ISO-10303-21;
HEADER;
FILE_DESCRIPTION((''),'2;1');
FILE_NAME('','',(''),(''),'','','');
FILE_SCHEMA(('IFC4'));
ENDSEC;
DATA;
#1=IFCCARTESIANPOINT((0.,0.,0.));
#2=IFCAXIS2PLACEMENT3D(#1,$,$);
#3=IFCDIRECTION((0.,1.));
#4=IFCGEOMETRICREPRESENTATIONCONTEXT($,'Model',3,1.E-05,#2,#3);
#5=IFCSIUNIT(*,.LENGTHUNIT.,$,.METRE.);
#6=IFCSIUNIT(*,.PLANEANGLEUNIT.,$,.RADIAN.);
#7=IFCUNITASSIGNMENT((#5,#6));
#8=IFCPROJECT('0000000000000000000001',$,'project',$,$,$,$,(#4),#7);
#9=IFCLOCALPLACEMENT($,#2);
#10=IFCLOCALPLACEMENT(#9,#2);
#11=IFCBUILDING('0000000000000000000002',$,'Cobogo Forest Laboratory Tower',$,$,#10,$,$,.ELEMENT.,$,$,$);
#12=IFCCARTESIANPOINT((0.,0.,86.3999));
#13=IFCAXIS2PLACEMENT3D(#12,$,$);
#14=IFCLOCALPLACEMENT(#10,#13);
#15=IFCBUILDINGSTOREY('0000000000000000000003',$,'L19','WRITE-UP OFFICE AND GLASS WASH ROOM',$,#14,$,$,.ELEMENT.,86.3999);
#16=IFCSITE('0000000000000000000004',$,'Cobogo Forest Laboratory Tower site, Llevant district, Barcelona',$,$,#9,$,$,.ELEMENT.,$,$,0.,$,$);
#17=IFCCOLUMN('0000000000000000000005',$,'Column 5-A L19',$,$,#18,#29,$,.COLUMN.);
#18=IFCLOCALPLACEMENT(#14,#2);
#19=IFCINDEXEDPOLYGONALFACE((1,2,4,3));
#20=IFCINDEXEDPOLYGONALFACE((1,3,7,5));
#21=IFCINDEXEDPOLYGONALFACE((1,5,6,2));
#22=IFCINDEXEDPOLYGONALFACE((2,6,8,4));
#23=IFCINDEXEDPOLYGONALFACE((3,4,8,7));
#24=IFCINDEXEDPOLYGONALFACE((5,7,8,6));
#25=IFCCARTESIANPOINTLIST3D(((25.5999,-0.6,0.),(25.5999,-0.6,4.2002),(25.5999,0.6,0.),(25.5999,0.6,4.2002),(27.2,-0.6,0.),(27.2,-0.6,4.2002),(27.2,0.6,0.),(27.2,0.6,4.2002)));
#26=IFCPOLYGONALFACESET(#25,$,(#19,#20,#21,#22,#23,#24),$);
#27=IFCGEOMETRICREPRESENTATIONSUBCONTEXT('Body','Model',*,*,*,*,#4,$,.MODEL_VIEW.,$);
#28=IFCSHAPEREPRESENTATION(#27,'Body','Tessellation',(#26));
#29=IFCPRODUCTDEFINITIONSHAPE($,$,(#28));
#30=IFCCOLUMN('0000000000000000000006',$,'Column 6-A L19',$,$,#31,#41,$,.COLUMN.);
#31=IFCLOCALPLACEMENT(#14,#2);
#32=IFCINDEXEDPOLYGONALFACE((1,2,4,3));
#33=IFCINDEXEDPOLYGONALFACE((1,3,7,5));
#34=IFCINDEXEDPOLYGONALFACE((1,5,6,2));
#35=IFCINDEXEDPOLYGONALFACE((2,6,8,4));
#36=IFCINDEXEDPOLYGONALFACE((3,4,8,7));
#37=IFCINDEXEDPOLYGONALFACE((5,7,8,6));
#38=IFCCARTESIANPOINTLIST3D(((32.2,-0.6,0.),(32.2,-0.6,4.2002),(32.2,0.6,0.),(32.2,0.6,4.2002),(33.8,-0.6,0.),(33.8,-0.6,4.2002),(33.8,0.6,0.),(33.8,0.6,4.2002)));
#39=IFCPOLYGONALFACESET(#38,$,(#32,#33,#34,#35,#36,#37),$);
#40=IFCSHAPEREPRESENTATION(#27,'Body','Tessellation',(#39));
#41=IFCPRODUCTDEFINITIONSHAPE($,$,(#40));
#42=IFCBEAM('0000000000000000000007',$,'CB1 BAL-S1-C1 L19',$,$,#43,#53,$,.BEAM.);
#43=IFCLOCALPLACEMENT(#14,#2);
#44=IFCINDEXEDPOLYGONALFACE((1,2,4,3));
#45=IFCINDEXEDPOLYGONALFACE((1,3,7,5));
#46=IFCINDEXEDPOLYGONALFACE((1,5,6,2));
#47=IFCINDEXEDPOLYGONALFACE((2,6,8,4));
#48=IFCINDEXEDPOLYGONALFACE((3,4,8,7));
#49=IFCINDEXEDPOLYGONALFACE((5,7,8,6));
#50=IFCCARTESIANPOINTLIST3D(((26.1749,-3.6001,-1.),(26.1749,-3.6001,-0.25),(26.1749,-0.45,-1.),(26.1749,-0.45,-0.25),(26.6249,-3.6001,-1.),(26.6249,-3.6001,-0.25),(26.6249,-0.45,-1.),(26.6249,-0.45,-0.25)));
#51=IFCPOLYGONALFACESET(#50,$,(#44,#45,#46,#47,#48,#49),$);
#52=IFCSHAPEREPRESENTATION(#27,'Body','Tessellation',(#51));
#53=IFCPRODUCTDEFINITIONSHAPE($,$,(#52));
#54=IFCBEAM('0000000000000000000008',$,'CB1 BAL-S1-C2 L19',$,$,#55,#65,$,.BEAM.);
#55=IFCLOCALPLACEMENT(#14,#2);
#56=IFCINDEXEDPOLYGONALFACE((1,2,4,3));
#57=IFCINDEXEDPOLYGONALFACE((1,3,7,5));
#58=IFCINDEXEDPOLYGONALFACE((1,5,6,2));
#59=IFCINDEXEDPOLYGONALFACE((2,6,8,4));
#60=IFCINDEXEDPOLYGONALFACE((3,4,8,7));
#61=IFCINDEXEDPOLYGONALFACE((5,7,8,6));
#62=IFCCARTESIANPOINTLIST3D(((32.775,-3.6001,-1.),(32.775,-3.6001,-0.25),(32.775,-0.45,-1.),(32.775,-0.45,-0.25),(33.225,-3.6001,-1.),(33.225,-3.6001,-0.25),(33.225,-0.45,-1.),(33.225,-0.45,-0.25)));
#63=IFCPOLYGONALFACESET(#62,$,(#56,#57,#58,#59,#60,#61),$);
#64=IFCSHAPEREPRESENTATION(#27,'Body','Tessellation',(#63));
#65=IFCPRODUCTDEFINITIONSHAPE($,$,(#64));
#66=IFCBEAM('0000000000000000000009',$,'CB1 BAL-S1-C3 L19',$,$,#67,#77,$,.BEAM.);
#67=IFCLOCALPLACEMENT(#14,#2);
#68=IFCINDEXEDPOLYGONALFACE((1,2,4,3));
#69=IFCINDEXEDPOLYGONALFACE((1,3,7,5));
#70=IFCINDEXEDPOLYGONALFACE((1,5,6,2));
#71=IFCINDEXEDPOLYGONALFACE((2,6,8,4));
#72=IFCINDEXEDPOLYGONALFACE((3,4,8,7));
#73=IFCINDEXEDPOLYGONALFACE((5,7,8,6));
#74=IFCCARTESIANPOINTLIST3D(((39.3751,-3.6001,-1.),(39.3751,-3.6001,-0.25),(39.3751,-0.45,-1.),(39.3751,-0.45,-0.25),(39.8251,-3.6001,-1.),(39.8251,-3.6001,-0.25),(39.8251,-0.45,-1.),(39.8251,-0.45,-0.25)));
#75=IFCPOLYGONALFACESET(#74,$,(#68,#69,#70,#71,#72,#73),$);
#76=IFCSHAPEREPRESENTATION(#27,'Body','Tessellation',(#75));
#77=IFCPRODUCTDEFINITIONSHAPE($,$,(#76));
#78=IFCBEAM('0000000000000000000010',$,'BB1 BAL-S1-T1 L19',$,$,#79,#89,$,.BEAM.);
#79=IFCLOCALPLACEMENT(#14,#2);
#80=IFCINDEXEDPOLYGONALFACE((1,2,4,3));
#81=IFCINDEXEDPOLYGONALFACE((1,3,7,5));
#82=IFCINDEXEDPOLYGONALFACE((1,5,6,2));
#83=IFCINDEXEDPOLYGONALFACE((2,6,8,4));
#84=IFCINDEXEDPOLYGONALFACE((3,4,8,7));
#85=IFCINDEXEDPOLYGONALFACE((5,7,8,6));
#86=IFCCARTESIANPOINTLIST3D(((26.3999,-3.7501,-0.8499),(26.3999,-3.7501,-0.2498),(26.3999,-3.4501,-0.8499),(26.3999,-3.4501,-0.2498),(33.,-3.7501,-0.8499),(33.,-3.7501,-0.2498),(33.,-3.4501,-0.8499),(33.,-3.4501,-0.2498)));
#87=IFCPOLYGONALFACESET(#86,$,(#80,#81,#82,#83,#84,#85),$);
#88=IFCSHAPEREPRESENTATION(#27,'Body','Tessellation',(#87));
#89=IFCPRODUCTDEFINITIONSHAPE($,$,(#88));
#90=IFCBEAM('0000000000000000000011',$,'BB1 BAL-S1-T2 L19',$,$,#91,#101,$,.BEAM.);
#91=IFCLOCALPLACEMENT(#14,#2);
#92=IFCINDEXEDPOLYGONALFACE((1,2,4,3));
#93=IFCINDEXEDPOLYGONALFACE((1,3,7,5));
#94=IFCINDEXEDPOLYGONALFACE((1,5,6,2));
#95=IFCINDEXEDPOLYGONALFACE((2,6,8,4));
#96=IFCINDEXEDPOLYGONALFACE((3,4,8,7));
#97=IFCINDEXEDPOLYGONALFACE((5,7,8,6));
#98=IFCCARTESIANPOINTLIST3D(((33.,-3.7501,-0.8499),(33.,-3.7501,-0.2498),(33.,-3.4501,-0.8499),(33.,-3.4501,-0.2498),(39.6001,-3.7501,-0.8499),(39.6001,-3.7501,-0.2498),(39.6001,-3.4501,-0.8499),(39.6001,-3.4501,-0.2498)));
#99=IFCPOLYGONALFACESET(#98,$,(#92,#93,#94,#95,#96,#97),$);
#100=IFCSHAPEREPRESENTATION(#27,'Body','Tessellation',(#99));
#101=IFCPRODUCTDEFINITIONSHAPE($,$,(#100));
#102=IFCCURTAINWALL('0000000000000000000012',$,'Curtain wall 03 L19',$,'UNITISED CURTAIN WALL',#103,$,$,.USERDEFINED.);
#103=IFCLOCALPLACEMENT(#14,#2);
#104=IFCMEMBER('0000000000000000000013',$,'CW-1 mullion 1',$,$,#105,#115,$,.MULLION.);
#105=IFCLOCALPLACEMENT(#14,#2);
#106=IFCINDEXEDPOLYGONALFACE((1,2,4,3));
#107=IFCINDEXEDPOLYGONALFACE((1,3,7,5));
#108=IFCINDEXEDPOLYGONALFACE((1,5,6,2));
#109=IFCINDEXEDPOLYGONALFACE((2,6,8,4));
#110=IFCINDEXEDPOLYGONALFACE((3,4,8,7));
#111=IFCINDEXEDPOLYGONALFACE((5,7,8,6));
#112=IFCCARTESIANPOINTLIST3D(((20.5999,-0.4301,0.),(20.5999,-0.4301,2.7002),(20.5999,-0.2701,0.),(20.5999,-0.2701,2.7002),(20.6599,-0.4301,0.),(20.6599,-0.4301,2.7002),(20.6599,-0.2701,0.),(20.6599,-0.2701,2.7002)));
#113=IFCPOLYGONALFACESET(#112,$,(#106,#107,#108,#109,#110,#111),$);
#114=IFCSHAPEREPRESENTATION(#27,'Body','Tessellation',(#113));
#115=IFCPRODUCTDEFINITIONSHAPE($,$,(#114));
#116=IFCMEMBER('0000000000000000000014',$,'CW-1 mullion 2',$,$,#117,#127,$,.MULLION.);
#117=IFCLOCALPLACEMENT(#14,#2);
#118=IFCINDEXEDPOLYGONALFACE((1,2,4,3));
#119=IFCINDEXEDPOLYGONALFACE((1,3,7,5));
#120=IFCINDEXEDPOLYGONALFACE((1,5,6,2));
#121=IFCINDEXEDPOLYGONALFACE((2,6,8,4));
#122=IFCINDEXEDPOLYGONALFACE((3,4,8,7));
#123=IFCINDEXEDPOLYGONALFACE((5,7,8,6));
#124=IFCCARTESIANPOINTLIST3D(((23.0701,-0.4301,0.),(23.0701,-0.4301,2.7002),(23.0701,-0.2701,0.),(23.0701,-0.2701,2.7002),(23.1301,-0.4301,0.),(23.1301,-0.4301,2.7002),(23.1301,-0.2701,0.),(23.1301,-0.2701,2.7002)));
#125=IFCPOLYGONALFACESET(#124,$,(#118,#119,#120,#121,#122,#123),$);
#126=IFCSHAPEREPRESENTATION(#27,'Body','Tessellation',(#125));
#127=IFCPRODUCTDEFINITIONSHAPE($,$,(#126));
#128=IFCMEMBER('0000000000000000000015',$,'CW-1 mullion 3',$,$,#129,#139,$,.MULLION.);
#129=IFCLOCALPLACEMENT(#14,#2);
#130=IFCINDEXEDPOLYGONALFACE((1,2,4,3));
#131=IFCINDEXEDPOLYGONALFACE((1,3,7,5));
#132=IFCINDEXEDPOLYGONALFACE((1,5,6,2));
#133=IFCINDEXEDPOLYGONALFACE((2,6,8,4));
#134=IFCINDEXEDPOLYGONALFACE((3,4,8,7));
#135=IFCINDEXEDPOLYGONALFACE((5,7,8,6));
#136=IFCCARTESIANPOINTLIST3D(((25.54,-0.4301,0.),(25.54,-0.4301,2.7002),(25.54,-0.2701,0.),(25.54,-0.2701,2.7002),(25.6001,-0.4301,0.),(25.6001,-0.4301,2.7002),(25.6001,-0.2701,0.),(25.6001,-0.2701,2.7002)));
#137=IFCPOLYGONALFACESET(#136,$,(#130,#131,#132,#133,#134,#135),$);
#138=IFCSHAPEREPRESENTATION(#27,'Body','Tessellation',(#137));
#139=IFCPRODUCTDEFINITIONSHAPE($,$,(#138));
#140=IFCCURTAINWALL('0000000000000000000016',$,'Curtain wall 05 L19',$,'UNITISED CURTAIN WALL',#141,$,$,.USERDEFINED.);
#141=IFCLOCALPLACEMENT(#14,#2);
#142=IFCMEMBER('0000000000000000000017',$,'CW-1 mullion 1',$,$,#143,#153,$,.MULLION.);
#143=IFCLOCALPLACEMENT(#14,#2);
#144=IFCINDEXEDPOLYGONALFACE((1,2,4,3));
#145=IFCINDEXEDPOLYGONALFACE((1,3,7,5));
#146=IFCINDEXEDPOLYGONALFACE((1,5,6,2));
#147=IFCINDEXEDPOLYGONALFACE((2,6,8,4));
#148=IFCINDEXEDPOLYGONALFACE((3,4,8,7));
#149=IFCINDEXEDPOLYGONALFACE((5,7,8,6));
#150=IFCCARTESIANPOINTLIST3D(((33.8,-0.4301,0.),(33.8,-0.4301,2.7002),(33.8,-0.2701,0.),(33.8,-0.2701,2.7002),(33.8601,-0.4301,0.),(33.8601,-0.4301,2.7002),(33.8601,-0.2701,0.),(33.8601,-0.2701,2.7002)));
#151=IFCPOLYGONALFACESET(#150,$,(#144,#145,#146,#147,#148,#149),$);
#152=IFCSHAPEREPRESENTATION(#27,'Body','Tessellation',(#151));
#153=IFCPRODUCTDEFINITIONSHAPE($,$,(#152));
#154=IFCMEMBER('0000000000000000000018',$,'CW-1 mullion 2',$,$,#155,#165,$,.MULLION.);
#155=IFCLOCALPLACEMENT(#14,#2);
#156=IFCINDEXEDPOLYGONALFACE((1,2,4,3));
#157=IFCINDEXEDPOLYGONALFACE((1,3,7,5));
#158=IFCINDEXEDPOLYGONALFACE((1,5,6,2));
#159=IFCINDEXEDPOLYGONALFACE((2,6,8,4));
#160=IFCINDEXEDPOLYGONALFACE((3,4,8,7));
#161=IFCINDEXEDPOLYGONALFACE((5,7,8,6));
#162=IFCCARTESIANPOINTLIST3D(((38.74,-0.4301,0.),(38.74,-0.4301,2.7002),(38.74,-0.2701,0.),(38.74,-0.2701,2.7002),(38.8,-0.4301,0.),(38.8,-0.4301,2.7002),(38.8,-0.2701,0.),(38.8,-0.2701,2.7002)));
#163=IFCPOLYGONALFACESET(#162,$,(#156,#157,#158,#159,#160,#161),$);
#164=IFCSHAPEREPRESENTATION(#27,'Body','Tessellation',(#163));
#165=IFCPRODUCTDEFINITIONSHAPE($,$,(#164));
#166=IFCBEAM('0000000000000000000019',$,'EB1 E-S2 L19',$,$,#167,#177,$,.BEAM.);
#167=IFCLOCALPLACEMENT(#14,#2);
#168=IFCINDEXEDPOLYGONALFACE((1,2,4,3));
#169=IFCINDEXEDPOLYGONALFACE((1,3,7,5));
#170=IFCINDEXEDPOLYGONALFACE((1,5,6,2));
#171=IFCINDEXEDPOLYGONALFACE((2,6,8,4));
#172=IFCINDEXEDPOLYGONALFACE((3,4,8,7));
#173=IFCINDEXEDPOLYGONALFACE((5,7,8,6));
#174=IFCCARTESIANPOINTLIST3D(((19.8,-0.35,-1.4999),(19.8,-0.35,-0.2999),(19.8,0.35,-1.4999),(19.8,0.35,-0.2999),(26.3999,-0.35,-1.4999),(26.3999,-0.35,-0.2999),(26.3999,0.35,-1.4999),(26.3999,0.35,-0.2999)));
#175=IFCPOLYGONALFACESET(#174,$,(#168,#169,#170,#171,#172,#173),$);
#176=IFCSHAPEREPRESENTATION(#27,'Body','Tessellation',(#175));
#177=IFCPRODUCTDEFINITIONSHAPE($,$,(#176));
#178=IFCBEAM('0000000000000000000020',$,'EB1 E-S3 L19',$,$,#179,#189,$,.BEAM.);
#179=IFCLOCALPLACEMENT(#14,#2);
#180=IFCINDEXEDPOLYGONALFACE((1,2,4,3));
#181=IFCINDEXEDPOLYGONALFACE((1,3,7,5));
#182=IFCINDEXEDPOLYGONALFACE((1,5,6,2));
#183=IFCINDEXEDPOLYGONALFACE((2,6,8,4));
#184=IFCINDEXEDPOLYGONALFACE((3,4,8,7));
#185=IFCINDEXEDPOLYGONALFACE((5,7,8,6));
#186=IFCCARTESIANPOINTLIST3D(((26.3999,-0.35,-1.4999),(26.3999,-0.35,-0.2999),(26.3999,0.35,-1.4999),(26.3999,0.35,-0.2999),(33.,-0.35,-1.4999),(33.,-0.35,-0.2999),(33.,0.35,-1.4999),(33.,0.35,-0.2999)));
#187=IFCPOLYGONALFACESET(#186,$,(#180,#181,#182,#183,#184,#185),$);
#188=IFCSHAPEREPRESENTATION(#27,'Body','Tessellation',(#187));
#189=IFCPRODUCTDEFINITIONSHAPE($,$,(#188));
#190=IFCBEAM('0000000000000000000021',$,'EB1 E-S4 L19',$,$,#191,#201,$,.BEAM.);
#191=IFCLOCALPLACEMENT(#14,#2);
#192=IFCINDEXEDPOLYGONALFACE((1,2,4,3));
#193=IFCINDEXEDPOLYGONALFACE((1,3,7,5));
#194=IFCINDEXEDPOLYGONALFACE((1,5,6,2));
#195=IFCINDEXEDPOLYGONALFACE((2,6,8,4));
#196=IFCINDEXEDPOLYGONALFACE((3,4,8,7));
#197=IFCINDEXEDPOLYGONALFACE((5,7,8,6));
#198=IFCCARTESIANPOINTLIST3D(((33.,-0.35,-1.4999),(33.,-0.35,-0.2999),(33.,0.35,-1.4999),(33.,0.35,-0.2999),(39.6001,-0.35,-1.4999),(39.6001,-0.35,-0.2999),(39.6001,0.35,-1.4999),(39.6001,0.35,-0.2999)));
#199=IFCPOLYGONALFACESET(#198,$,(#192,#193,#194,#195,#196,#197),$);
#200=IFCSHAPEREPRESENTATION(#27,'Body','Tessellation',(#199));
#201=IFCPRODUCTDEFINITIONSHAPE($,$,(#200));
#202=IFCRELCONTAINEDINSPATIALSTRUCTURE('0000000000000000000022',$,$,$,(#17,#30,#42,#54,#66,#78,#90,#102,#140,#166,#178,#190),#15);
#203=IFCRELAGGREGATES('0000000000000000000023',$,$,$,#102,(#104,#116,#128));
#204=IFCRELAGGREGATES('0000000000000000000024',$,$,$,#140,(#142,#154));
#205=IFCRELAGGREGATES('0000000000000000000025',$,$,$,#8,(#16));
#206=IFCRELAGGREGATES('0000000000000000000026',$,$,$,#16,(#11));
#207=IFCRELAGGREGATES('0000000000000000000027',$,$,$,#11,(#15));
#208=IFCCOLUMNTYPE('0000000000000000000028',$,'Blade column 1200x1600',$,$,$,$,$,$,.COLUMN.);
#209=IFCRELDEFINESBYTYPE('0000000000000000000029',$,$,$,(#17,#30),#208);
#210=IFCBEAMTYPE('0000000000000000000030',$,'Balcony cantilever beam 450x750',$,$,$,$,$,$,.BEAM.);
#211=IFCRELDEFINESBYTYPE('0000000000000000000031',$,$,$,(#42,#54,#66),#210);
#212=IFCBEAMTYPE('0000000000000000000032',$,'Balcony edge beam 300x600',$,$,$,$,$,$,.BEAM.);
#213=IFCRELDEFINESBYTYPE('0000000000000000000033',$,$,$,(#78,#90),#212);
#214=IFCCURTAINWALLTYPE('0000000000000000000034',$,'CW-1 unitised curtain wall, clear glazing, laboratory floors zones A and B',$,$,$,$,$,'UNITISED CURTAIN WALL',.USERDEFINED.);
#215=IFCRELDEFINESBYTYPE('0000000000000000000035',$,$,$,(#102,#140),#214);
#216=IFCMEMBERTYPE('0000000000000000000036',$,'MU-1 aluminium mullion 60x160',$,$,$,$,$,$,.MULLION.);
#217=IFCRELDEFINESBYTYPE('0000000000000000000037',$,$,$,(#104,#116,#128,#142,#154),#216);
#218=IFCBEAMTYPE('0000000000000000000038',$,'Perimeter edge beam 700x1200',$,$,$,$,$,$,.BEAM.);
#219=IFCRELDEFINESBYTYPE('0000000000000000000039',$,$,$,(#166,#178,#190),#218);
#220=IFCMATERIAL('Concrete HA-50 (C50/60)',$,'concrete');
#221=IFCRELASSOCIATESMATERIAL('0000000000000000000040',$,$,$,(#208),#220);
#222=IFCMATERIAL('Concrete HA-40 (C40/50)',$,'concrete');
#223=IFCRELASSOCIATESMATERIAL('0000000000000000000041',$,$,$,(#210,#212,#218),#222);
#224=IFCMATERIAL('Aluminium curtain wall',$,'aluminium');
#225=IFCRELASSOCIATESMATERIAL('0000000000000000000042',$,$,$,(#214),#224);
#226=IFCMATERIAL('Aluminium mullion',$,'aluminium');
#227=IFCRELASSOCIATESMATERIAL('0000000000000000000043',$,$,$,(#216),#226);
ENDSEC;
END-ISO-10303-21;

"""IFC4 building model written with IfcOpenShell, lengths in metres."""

from ifc_helpers import new_model, si_unit, direction, frame, origin, origin_2d, place, context, subcontext, project, spatial, rectangle, extrude, material, material_profile, profile_set, type_object, element, aggregate, save


model = new_model("IFC4")

# Units and contexts
model_context = context("Model", 3, precision=1e-05, world=origin(), true_north=direction((0.0, 1.0)))
body_context = subcontext(model_context, "Body", "Model", "MODEL_VIEW")
ifc_project = project(units=[si_unit("LENGTHUNIT", "METRE"), si_unit("PLANEANGLEUNIT", "RADIAN")], contexts=[model_context])

# Site, building, storey
site_placement = place(None, origin())
site = spatial("IfcSite", under=ifc_project, at=site_placement, Name="Cobogo Forest Laboratory Tower site, Llevant district, Barcelona", CompositionType="ELEMENT", RefElevation=0.0)
building_placement = place(site_placement, origin())
building = spatial("IfcBuilding", under=site, at=building_placement, Name="Cobogo Forest Laboratory Tower", CompositionType="ELEMENT")
storey_placement = place(building_placement, frame((0.0, 0.0, 86.3999)))
storey = spatial("IfcBuildingStorey", under=building, at=storey_placement, Name="L19", Description="WRITE-UP OFFICE AND GLASS WASH ROOM", CompositionType="ELEMENT", Elevation=86.3999)

# Columns
ifc_material_1 = material(Name="Concrete HA-50 (C50/60)", Category="concrete")
ifc_material_profile_1 = material_profile(ifc_material_1, rectangle(XDim=1.6001, YDim=1.2, at=origin_2d()), Name="RC 1200x1600")
ifc_profile_set_1 = profile_set([ifc_material_profile_1], Name="Concrete HA-50 (C50/60)")
column_type = type_object("IfcColumnType", Name="Blade column 1200x1600", PredefinedType="COLUMN", material=ifc_profile_set_1)
for number, where, z_axis, x_axis, name in (
    (1, (26.3999, 0.0, 0.0), (0.0, 0.0, 1.0), (1.0, 0.0, 0.0), "Column 5-A L19"),
    (2, (33.0, 0.0, 0.0), (0.0, 0.0, 1.0), (1.0, 0.0, 0.0), "Column 6-A L19"),
):
    element("IfcColumn", number, at=place(storey_placement, frame(where, z_axis=z_axis, x_axis=x_axis)), inside=storey, type_object=column_type, Name=name, PredefinedType="COLUMN", context=body_context, shape_type="SweptSolid", body=[
        extrude(rectangle(XDim=1.6001, YDim=1.2, at=origin_2d()), origin(), (0.0, 0.0, 1.0), 4.2002),
    ])

# Beams
ifc_material_2 = material(Name="Concrete HA-40 (C40/50)", Category="concrete")
ifc_material_profile_2 = material_profile(ifc_material_2, rectangle(XDim=0.45, YDim=0.75, at=origin_2d()), Name="RC 450x750")
ifc_profile_set_2 = profile_set([ifc_material_profile_2], Name="Concrete HA-40 (C40/50)")
beam_type_1 = type_object("IfcBeamType", Name="Balcony cantilever beam 450x750", PredefinedType="BEAM", material=ifc_profile_set_2)
for number, where, z_axis, x_axis, name in (
    (3, (26.3999, -0.45, -0.625), (0.0, -1.0, 0.0), (1.0, 0.0, 0.0), "CB1 BAL-S1-C1 L19"),
    (4, (33.0, -0.45, -0.625), (0.0, -1.0, 0.0), (1.0, 0.0, 0.0), "CB1 BAL-S1-C2 L19"),
    (5, (39.6001, -0.45, -0.625), (0.0, -1.0, 0.0), (1.0, 0.0, 0.0), "CB1 BAL-S1-C3 L19"),
):
    element("IfcBeam", number, at=place(storey_placement, frame(where, z_axis=z_axis, x_axis=x_axis)), inside=storey, type_object=beam_type_1, Name=name, PredefinedType="BEAM", context=body_context, shape_type="SweptSolid", body=[
        extrude(rectangle(XDim=0.45, YDim=0.75, at=origin_2d()), origin(), (0.0, 0.0, 1.0), 3.1501),
    ])
ifc_material_profile_3 = material_profile(ifc_material_2, rectangle(XDim=0.3, YDim=0.6001, at=origin_2d()), Name="RC 300x600")
ifc_profile_set_3 = profile_set([ifc_material_profile_3], Name="Concrete HA-40 (C40/50)")
beam_type_2 = type_object("IfcBeamType", Name="Balcony edge beam 300x600", PredefinedType="BEAM", material=ifc_profile_set_3)
for number, where, z_axis, x_axis, name in (
    (6, (26.3999, -3.6001, -0.5498), (1.0, 0.0, 0.0), (0.0, 1.0, 0.0), "BB1 BAL-S1-T1 L19"),
    (7, (33.0, -3.6001, -0.5498), (1.0, 0.0, 0.0), (0.0, 1.0, 0.0), "BB1 BAL-S1-T2 L19"),
):
    element("IfcBeam", number, at=place(storey_placement, frame(where, z_axis=z_axis, x_axis=x_axis)), inside=storey, type_object=beam_type_2, Name=name, PredefinedType="BEAM", context=body_context, shape_type="SweptSolid", body=[
        extrude(rectangle(XDim=0.3, YDim=0.6001, at=origin_2d()), origin(), (0.0, 0.0, 1.0), 6.6001),
    ])

# Curtain walls, members
ifc_material_3 = material(Name="Aluminium curtain wall", Category="aluminium")
curtain_wall_type = type_object("IfcCurtainWallType", Name="CW-1 unitised curtain wall, clear glazing, laboratory floors zones A and B", ElementType="UNITISED CURTAIN WALL", PredefinedType="USERDEFINED", material=ifc_material_3)
curtain_wall_1_placement = place(storey_placement, origin())
curtain_wall_1 = element("IfcCurtainWall", 8, at=curtain_wall_1_placement, inside=storey, type_object=curtain_wall_type, Name="Curtain wall 03 L19", ObjectType="UNITISED CURTAIN WALL", PredefinedType="USERDEFINED")
ifc_material_4 = material(Name="Aluminium mullion", Category="aluminium")
ifc_material_profile_4 = material_profile(ifc_material_4, rectangle(XDim=0.0601, YDim=0.1599, at=origin_2d()), Name="AL 60x160")
ifc_profile_set_4 = profile_set([ifc_material_profile_4], Name="Aluminium mullion")
member_type_1 = type_object("IfcMemberType", Name="MU-1 aluminium mullion 60x160", PredefinedType="MULLION", material=ifc_profile_set_4)
member_1_placement = place(storey_placement, frame((20.6299, -0.3501, 0.0), z_axis=(0.0, 0.0, 1.0), x_axis=(1.0, 0.0, 0.0)))
member_1 = element("IfcMember", 9, at=member_1_placement, type_object=member_type_1, Name="CW-1 mullion 1", PredefinedType="MULLION", context=body_context, shape_type="SweptSolid", body=[
    extrude(rectangle(XDim=0.0601, YDim=0.1599, at=origin_2d()), origin(), (0.0, 0.0, 1.0), 2.7002),
])
member_2_placement = place(storey_placement, frame((23.1001, -0.3501, 0.0), z_axis=(0.0, 0.0, 1.0), x_axis=(1.0, 0.0, 0.0)))
member_2 = element("IfcMember", 10, at=member_2_placement, type_object=member_type_1, Name="CW-1 mullion 2", PredefinedType="MULLION", context=body_context, shape_type="SweptSolid", body=[
    extrude(rectangle(XDim=0.0601, YDim=0.1599, at=origin_2d()), origin(), (0.0, 0.0, 1.0), 2.7002),
])
member_3_placement = place(storey_placement, frame((25.5701, -0.3501, 0.0), z_axis=(0.0, 0.0, 1.0), x_axis=(1.0, 0.0, 0.0)))
member_3 = element("IfcMember", 11, at=member_3_placement, type_object=member_type_1, Name="CW-1 mullion 3", PredefinedType="MULLION", context=body_context, shape_type="SweptSolid", body=[
    extrude(rectangle(XDim=0.0601, YDim=0.1599, at=origin_2d()), origin(), (0.0, 0.0, 1.0), 2.7002),
])
curtain_wall_2_placement = place(storey_placement, origin())
curtain_wall_2 = element("IfcCurtainWall", 12, at=curtain_wall_2_placement, inside=storey, type_object=curtain_wall_type, Name="Curtain wall 05 L19", ObjectType="UNITISED CURTAIN WALL", PredefinedType="USERDEFINED")
member_4_placement = place(storey_placement, frame((33.8301, -0.3501, 0.0), z_axis=(0.0, 0.0, 1.0), x_axis=(1.0, 0.0, 0.0)))
member_4 = element("IfcMember", 13, at=member_4_placement, type_object=member_type_1, Name="CW-1 mullion 1", PredefinedType="MULLION", context=body_context, shape_type="SweptSolid", body=[
    extrude(rectangle(XDim=0.0601, YDim=0.1599, at=origin_2d()), origin(), (0.0, 0.0, 1.0), 2.7002),
])
member_5_placement = place(storey_placement, frame((38.77, -0.3501, 0.0), z_axis=(0.0, 0.0, 1.0), x_axis=(1.0, 0.0, 0.0)))
member_5 = element("IfcMember", 14, at=member_5_placement, type_object=member_type_1, Name="CW-1 mullion 2", PredefinedType="MULLION", context=body_context, shape_type="SweptSolid", body=[
    extrude(rectangle(XDim=0.0601, YDim=0.1599, at=origin_2d()), origin(), (0.0, 0.0, 1.0), 2.7002),
])

# Beams
ifc_material_profile_5 = material_profile(ifc_material_2, rectangle(XDim=0.7, YDim=1.2, at=origin_2d()), Name="RC 700x1200")
ifc_profile_set_5 = profile_set([ifc_material_profile_5], Name="Concrete HA-40 (C40/50)")
beam_type_3 = type_object("IfcBeamType", Name="Perimeter edge beam 700x1200", PredefinedType="BEAM", material=ifc_profile_set_5)
beam_placement = place(storey_placement, frame((19.8, 0.0, -0.8999), z_axis=(1.0, 0.0, 0.0), x_axis=(0.0, 1.0, 0.0)))
element("IfcBeam", 15, at=beam_placement, inside=storey, type_object=beam_type_3, Name="EB1 E-S2 L19", PredefinedType="BEAM", context=body_context, shape_type="SweptSolid", body=[
    extrude(rectangle(XDim=0.7, YDim=1.2, at=origin_2d()), origin(), (0.0, 0.0, 1.0), 6.5999),
])
for number, where, z_axis, x_axis, name in (
    (16, (26.3999, 0.0, -0.8999), (1.0, 0.0, 0.0), (0.0, 1.0, 0.0), "EB1 E-S3 L19"),
    (17, (33.0, 0.0, -0.8999), (1.0, 0.0, 0.0), (0.0, 1.0, 0.0), "EB1 E-S4 L19"),
):
    element("IfcBeam", number, at=place(storey_placement, frame(where, z_axis=z_axis, x_axis=x_axis)), inside=storey, type_object=beam_type_3, Name=name, PredefinedType="BEAM", context=body_context, shape_type="SweptSolid", body=[
        extrude(rectangle(XDim=0.7, YDim=1.2, at=origin_2d()), origin(), (0.0, 0.0, 1.0), 6.6001),
    ])

aggregate(curtain_wall_1, [member_1, member_2, member_3])
aggregate(curtain_wall_2, [member_4, member_5])

save(model, "model.ifc")
